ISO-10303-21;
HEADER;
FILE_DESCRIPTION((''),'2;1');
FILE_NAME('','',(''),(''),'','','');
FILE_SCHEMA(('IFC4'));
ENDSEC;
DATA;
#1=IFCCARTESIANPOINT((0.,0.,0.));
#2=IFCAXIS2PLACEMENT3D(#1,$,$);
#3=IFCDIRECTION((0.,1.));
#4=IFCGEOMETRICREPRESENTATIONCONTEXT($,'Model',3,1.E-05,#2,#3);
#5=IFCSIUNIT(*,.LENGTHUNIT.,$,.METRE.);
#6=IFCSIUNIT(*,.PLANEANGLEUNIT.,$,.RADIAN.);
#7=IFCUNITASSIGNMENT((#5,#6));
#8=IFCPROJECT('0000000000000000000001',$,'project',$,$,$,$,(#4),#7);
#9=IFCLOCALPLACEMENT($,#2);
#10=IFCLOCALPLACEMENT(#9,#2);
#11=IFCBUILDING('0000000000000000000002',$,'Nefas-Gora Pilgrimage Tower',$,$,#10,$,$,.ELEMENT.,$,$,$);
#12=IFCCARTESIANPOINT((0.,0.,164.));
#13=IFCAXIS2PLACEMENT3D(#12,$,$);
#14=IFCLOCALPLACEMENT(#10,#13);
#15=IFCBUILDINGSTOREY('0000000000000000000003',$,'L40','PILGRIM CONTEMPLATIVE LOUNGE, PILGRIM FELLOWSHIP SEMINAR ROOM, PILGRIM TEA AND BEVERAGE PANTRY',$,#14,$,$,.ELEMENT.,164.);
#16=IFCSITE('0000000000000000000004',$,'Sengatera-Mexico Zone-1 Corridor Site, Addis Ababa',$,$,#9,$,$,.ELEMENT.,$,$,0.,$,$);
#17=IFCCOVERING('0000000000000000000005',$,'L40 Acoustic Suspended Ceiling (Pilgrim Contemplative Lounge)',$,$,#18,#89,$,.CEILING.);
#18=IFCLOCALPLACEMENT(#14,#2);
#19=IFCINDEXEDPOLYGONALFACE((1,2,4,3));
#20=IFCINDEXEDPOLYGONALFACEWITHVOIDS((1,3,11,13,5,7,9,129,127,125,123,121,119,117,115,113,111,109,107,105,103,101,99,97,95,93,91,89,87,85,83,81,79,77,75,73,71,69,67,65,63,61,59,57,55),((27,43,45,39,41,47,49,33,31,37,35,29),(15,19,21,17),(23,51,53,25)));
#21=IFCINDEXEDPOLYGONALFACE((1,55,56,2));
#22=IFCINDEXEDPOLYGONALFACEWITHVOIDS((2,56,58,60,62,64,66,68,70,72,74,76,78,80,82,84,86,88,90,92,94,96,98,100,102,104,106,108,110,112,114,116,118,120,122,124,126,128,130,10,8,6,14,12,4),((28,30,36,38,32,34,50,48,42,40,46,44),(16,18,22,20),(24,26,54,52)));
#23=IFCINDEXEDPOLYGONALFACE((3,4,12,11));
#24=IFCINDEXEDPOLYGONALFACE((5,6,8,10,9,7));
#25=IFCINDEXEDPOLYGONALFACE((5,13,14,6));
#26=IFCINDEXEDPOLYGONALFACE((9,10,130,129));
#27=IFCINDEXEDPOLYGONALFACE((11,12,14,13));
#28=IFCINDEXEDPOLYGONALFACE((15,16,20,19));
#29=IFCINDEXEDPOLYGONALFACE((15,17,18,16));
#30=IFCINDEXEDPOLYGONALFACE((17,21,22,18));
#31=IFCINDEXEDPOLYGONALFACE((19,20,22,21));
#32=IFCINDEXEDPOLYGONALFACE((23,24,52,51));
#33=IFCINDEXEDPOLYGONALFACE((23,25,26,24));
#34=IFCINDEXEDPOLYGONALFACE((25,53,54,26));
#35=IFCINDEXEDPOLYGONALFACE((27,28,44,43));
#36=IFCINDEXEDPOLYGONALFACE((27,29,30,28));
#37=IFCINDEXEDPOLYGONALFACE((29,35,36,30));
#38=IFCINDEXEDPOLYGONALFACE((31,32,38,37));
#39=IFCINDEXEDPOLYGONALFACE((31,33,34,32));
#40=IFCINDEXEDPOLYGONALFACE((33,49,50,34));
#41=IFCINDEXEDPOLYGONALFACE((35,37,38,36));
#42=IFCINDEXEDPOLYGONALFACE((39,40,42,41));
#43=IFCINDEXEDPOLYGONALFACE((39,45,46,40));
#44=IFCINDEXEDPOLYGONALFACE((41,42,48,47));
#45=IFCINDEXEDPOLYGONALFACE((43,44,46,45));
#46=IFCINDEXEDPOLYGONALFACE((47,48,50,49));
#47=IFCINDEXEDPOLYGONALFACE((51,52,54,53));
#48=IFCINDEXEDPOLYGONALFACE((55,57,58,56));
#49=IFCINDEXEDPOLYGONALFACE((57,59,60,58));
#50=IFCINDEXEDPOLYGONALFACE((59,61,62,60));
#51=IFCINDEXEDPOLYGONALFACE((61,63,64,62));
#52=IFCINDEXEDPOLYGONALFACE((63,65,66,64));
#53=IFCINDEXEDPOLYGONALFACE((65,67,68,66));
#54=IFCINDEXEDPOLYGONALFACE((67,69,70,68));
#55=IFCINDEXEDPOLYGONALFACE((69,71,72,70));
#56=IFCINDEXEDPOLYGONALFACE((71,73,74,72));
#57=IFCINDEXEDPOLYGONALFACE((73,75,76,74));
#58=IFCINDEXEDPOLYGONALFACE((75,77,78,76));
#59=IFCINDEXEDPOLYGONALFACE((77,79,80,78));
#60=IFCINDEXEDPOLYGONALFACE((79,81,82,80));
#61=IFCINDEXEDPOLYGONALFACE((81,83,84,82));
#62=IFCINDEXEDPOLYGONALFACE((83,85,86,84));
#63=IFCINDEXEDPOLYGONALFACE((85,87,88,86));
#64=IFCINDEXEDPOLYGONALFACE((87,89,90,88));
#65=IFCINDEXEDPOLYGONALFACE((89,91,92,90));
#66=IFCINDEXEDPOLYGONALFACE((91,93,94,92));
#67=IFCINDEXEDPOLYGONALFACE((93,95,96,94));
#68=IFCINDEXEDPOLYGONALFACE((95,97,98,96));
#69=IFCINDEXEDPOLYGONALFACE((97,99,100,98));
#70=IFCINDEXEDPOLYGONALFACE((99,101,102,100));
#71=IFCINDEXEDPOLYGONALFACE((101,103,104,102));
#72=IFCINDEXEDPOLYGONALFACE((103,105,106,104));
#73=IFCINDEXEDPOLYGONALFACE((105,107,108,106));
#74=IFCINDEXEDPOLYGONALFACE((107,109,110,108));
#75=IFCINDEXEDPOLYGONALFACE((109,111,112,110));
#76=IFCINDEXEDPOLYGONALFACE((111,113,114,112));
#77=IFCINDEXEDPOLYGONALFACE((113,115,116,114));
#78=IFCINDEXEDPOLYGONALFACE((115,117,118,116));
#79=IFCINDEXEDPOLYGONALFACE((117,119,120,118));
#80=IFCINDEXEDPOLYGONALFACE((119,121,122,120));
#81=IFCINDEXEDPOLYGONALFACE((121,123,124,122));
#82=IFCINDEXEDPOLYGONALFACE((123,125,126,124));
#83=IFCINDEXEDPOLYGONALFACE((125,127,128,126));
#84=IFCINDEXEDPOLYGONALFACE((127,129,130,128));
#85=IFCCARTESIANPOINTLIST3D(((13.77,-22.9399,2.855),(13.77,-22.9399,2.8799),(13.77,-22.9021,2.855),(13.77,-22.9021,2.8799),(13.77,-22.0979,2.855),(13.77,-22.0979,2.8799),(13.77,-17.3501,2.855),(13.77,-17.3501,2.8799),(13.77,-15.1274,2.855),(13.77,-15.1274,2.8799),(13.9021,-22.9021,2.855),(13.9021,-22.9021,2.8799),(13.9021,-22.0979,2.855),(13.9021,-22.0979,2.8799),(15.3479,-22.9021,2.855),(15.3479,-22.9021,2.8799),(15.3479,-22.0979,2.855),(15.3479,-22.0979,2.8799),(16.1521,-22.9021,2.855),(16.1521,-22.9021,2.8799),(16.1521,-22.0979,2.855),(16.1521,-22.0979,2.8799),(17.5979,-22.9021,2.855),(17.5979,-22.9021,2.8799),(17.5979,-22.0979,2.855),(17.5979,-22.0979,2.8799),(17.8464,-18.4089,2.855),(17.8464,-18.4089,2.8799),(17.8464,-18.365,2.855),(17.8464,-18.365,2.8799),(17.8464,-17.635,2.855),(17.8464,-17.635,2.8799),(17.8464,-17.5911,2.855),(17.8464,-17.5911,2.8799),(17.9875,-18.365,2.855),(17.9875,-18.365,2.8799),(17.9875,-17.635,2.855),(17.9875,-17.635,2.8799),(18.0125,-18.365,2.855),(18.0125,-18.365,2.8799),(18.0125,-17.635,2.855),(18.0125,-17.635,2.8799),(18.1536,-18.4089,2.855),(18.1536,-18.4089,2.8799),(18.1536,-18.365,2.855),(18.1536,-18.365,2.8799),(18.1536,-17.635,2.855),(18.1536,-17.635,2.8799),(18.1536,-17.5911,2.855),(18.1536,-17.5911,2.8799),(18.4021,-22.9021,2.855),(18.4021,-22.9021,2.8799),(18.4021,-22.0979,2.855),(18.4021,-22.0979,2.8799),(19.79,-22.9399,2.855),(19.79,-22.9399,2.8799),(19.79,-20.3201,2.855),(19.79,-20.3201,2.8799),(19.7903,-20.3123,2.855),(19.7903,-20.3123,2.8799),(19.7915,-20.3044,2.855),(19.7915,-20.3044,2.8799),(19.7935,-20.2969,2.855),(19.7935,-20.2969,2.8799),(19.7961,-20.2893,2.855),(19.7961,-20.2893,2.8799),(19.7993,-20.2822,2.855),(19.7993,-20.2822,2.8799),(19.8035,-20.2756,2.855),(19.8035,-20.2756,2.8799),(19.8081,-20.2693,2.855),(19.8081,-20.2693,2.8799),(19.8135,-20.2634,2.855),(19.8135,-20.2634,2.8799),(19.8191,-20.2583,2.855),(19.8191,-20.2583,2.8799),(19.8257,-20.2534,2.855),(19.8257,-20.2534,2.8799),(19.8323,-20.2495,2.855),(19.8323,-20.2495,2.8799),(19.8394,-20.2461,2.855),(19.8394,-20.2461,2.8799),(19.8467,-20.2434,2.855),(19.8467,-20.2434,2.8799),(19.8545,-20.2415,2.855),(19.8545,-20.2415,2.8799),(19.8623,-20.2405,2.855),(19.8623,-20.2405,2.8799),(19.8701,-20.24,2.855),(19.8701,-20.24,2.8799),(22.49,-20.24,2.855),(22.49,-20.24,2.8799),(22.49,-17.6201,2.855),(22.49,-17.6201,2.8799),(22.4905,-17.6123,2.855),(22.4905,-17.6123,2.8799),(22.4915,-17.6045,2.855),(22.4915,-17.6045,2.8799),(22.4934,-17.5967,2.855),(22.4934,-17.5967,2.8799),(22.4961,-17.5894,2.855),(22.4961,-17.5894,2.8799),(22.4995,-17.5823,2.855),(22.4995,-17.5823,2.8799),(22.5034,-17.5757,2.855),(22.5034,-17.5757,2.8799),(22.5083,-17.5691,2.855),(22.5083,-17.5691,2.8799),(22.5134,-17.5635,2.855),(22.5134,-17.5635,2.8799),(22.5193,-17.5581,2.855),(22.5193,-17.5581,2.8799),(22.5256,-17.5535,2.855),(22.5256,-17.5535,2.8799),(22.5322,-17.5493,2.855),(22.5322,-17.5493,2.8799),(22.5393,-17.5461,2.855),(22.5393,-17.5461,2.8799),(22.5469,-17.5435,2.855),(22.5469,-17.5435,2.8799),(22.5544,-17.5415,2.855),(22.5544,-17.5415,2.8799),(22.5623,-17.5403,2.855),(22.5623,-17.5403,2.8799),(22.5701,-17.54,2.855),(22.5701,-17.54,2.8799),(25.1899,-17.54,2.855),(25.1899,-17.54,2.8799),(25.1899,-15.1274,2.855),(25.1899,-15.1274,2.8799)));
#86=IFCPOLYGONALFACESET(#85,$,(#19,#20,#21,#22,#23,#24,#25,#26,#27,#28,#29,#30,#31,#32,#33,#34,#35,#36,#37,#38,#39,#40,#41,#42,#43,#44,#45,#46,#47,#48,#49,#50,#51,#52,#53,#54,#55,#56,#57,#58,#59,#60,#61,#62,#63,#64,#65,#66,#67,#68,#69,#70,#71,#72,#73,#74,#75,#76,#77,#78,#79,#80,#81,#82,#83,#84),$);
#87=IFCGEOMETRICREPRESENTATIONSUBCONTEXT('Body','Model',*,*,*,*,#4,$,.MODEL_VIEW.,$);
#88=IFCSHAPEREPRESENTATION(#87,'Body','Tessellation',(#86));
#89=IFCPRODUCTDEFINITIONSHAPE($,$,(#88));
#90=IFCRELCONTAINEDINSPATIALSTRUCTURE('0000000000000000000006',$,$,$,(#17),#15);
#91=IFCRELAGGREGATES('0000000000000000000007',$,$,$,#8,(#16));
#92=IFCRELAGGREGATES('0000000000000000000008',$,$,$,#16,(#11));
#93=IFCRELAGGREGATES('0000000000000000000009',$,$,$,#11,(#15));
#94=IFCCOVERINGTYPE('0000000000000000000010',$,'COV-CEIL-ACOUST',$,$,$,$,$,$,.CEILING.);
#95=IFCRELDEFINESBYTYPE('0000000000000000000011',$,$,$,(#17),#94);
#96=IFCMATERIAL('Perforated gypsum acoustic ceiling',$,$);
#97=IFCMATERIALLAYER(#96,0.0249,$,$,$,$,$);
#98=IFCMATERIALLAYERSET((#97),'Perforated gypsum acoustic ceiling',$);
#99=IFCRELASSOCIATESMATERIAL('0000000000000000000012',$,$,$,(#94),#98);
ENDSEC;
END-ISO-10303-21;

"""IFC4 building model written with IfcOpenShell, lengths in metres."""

from ifc_helpers import new_model, si_unit, direction, frame, origin, place, context, subcontext, project, spatial, polyline, outline, extrude, material, layer, layer_set, type_object, element, save


model = new_model("IFC4")

# Units and contexts
model_context = context("Model", 3, precision=1e-05, world=origin(), true_north=direction((0.0, 1.0)))
body_context = subcontext(model_context, "Body", "Model", "MODEL_VIEW")
ifc_project = project(units=[si_unit("LENGTHUNIT", "METRE"), si_unit("PLANEANGLEUNIT", "RADIAN")], contexts=[model_context])

# Site, building, storey
site_placement = place(None, origin())
site = spatial("IfcSite", under=ifc_project, at=site_placement, Name="Sengatera-Mexico Zone-1 Corridor Site, Addis Ababa", CompositionType="ELEMENT", RefElevation=0.0)
building_placement = place(site_placement, origin())
building = spatial("IfcBuilding", under=site, at=building_placement, Name="Nefas-Gora Pilgrimage Tower", CompositionType="ELEMENT")
storey_placement = place(building_placement, frame((0.0, 0.0, 164.0)))
storey = spatial("IfcBuildingStorey", under=building, at=storey_placement, Name="L40", Description="PILGRIM CONTEMPLATIVE LOUNGE, PILGRIM FELLOWSHIP SEMINAR ROOM, PILGRIM TEA AND BEVERAGE PANTRY", CompositionType="ELEMENT", Elevation=164.0)

# Covering
ifc_material_1 = material(Name="Perforated gypsum acoustic ceiling")
ifc_layer_1 = layer(ifc_material_1, 0.0249)
ifc_layer_set_1 = layer_set([ifc_layer_1], Name="Perforated gypsum acoustic ceiling")
covering_type = type_object("IfcCoveringType", Name="COV-CEIL-ACOUST", PredefinedType="CEILING", material=ifc_layer_set_1)
covering_placement = place(storey_placement, frame((0.0, 0.0, 2.855)))
element("IfcCovering", 1, at=covering_placement, inside=storey, type_object=covering_type, Name="L40 Acoustic Suspended Ceiling (Pilgrim Contemplative Lounge)", PredefinedType="CEILING", context=body_context, shape_type="SweptSolid", body=[
    extrude(outline(polyline([(13.77, -22.0979), (13.9021, -22.0979), (13.9021, -22.9021), (13.77, -22.9021), (13.77, -22.9399), (19.79, -22.9399), (19.79, -20.3201), (19.7903, -20.3123), (19.7915, -20.3044), (19.7935, -20.2969), (19.7961, -20.2893), (19.7993, -20.2822), (19.8035, -20.2756), (19.8081, -20.2693), (19.8135, -20.2634), (19.8191, -20.2583), (19.8257, -20.2534), (19.8323, -20.2495), (19.8394, -20.2461), (19.8467, -20.2434), (19.8545, -20.2415), (19.8623, -20.2405), (19.8701, -20.24), (22.49, -20.24), (22.49, -17.6201), (22.4905, -17.6123), (22.4915, -17.6045), (22.4934, -17.5967), (22.4961, -17.5894), (22.4995, -17.5823), (22.5034, -17.5757), (22.5083, -17.5691), (22.5134, -17.5635), (22.5193, -17.5581), (22.5256, -17.5535), (22.5322, -17.5493), (22.5393, -17.5461), (22.5469, -17.5435), (22.5544, -17.5415), (22.5623, -17.5403), (22.5701, -17.54), (25.1899, -17.54), (25.1899, -15.1274), (13.77, -15.1274), (13.77, -17.3501), (13.77, -22.0979)]), holes=[polyline([(18.4021, -22.0979), (18.4021, -22.9021), (17.5979, -22.9021), (17.5979, -22.0979), (18.4021, -22.0979)]), polyline([(18.1536, -17.5911), (18.1536, -17.635), (18.0125, -17.635), (18.0125, -18.365), (18.1536, -18.365), (18.1536, -18.4089), (17.8464, -18.4089), (17.8464, -18.365), (17.9875, -18.365), (17.9875, -17.635), (17.8464, -17.635), (17.8464, -17.5911), (18.1536, -17.5911)]), polyline([(16.1521, -22.9021), (15.3479, -22.9021), (15.3479, -22.0979), (16.1521, -22.0979), (16.1521, -22.9021)])]), origin(), (0.0, 0.0, 1.0), 0.0249),
])

save(model, "model.ifc")
